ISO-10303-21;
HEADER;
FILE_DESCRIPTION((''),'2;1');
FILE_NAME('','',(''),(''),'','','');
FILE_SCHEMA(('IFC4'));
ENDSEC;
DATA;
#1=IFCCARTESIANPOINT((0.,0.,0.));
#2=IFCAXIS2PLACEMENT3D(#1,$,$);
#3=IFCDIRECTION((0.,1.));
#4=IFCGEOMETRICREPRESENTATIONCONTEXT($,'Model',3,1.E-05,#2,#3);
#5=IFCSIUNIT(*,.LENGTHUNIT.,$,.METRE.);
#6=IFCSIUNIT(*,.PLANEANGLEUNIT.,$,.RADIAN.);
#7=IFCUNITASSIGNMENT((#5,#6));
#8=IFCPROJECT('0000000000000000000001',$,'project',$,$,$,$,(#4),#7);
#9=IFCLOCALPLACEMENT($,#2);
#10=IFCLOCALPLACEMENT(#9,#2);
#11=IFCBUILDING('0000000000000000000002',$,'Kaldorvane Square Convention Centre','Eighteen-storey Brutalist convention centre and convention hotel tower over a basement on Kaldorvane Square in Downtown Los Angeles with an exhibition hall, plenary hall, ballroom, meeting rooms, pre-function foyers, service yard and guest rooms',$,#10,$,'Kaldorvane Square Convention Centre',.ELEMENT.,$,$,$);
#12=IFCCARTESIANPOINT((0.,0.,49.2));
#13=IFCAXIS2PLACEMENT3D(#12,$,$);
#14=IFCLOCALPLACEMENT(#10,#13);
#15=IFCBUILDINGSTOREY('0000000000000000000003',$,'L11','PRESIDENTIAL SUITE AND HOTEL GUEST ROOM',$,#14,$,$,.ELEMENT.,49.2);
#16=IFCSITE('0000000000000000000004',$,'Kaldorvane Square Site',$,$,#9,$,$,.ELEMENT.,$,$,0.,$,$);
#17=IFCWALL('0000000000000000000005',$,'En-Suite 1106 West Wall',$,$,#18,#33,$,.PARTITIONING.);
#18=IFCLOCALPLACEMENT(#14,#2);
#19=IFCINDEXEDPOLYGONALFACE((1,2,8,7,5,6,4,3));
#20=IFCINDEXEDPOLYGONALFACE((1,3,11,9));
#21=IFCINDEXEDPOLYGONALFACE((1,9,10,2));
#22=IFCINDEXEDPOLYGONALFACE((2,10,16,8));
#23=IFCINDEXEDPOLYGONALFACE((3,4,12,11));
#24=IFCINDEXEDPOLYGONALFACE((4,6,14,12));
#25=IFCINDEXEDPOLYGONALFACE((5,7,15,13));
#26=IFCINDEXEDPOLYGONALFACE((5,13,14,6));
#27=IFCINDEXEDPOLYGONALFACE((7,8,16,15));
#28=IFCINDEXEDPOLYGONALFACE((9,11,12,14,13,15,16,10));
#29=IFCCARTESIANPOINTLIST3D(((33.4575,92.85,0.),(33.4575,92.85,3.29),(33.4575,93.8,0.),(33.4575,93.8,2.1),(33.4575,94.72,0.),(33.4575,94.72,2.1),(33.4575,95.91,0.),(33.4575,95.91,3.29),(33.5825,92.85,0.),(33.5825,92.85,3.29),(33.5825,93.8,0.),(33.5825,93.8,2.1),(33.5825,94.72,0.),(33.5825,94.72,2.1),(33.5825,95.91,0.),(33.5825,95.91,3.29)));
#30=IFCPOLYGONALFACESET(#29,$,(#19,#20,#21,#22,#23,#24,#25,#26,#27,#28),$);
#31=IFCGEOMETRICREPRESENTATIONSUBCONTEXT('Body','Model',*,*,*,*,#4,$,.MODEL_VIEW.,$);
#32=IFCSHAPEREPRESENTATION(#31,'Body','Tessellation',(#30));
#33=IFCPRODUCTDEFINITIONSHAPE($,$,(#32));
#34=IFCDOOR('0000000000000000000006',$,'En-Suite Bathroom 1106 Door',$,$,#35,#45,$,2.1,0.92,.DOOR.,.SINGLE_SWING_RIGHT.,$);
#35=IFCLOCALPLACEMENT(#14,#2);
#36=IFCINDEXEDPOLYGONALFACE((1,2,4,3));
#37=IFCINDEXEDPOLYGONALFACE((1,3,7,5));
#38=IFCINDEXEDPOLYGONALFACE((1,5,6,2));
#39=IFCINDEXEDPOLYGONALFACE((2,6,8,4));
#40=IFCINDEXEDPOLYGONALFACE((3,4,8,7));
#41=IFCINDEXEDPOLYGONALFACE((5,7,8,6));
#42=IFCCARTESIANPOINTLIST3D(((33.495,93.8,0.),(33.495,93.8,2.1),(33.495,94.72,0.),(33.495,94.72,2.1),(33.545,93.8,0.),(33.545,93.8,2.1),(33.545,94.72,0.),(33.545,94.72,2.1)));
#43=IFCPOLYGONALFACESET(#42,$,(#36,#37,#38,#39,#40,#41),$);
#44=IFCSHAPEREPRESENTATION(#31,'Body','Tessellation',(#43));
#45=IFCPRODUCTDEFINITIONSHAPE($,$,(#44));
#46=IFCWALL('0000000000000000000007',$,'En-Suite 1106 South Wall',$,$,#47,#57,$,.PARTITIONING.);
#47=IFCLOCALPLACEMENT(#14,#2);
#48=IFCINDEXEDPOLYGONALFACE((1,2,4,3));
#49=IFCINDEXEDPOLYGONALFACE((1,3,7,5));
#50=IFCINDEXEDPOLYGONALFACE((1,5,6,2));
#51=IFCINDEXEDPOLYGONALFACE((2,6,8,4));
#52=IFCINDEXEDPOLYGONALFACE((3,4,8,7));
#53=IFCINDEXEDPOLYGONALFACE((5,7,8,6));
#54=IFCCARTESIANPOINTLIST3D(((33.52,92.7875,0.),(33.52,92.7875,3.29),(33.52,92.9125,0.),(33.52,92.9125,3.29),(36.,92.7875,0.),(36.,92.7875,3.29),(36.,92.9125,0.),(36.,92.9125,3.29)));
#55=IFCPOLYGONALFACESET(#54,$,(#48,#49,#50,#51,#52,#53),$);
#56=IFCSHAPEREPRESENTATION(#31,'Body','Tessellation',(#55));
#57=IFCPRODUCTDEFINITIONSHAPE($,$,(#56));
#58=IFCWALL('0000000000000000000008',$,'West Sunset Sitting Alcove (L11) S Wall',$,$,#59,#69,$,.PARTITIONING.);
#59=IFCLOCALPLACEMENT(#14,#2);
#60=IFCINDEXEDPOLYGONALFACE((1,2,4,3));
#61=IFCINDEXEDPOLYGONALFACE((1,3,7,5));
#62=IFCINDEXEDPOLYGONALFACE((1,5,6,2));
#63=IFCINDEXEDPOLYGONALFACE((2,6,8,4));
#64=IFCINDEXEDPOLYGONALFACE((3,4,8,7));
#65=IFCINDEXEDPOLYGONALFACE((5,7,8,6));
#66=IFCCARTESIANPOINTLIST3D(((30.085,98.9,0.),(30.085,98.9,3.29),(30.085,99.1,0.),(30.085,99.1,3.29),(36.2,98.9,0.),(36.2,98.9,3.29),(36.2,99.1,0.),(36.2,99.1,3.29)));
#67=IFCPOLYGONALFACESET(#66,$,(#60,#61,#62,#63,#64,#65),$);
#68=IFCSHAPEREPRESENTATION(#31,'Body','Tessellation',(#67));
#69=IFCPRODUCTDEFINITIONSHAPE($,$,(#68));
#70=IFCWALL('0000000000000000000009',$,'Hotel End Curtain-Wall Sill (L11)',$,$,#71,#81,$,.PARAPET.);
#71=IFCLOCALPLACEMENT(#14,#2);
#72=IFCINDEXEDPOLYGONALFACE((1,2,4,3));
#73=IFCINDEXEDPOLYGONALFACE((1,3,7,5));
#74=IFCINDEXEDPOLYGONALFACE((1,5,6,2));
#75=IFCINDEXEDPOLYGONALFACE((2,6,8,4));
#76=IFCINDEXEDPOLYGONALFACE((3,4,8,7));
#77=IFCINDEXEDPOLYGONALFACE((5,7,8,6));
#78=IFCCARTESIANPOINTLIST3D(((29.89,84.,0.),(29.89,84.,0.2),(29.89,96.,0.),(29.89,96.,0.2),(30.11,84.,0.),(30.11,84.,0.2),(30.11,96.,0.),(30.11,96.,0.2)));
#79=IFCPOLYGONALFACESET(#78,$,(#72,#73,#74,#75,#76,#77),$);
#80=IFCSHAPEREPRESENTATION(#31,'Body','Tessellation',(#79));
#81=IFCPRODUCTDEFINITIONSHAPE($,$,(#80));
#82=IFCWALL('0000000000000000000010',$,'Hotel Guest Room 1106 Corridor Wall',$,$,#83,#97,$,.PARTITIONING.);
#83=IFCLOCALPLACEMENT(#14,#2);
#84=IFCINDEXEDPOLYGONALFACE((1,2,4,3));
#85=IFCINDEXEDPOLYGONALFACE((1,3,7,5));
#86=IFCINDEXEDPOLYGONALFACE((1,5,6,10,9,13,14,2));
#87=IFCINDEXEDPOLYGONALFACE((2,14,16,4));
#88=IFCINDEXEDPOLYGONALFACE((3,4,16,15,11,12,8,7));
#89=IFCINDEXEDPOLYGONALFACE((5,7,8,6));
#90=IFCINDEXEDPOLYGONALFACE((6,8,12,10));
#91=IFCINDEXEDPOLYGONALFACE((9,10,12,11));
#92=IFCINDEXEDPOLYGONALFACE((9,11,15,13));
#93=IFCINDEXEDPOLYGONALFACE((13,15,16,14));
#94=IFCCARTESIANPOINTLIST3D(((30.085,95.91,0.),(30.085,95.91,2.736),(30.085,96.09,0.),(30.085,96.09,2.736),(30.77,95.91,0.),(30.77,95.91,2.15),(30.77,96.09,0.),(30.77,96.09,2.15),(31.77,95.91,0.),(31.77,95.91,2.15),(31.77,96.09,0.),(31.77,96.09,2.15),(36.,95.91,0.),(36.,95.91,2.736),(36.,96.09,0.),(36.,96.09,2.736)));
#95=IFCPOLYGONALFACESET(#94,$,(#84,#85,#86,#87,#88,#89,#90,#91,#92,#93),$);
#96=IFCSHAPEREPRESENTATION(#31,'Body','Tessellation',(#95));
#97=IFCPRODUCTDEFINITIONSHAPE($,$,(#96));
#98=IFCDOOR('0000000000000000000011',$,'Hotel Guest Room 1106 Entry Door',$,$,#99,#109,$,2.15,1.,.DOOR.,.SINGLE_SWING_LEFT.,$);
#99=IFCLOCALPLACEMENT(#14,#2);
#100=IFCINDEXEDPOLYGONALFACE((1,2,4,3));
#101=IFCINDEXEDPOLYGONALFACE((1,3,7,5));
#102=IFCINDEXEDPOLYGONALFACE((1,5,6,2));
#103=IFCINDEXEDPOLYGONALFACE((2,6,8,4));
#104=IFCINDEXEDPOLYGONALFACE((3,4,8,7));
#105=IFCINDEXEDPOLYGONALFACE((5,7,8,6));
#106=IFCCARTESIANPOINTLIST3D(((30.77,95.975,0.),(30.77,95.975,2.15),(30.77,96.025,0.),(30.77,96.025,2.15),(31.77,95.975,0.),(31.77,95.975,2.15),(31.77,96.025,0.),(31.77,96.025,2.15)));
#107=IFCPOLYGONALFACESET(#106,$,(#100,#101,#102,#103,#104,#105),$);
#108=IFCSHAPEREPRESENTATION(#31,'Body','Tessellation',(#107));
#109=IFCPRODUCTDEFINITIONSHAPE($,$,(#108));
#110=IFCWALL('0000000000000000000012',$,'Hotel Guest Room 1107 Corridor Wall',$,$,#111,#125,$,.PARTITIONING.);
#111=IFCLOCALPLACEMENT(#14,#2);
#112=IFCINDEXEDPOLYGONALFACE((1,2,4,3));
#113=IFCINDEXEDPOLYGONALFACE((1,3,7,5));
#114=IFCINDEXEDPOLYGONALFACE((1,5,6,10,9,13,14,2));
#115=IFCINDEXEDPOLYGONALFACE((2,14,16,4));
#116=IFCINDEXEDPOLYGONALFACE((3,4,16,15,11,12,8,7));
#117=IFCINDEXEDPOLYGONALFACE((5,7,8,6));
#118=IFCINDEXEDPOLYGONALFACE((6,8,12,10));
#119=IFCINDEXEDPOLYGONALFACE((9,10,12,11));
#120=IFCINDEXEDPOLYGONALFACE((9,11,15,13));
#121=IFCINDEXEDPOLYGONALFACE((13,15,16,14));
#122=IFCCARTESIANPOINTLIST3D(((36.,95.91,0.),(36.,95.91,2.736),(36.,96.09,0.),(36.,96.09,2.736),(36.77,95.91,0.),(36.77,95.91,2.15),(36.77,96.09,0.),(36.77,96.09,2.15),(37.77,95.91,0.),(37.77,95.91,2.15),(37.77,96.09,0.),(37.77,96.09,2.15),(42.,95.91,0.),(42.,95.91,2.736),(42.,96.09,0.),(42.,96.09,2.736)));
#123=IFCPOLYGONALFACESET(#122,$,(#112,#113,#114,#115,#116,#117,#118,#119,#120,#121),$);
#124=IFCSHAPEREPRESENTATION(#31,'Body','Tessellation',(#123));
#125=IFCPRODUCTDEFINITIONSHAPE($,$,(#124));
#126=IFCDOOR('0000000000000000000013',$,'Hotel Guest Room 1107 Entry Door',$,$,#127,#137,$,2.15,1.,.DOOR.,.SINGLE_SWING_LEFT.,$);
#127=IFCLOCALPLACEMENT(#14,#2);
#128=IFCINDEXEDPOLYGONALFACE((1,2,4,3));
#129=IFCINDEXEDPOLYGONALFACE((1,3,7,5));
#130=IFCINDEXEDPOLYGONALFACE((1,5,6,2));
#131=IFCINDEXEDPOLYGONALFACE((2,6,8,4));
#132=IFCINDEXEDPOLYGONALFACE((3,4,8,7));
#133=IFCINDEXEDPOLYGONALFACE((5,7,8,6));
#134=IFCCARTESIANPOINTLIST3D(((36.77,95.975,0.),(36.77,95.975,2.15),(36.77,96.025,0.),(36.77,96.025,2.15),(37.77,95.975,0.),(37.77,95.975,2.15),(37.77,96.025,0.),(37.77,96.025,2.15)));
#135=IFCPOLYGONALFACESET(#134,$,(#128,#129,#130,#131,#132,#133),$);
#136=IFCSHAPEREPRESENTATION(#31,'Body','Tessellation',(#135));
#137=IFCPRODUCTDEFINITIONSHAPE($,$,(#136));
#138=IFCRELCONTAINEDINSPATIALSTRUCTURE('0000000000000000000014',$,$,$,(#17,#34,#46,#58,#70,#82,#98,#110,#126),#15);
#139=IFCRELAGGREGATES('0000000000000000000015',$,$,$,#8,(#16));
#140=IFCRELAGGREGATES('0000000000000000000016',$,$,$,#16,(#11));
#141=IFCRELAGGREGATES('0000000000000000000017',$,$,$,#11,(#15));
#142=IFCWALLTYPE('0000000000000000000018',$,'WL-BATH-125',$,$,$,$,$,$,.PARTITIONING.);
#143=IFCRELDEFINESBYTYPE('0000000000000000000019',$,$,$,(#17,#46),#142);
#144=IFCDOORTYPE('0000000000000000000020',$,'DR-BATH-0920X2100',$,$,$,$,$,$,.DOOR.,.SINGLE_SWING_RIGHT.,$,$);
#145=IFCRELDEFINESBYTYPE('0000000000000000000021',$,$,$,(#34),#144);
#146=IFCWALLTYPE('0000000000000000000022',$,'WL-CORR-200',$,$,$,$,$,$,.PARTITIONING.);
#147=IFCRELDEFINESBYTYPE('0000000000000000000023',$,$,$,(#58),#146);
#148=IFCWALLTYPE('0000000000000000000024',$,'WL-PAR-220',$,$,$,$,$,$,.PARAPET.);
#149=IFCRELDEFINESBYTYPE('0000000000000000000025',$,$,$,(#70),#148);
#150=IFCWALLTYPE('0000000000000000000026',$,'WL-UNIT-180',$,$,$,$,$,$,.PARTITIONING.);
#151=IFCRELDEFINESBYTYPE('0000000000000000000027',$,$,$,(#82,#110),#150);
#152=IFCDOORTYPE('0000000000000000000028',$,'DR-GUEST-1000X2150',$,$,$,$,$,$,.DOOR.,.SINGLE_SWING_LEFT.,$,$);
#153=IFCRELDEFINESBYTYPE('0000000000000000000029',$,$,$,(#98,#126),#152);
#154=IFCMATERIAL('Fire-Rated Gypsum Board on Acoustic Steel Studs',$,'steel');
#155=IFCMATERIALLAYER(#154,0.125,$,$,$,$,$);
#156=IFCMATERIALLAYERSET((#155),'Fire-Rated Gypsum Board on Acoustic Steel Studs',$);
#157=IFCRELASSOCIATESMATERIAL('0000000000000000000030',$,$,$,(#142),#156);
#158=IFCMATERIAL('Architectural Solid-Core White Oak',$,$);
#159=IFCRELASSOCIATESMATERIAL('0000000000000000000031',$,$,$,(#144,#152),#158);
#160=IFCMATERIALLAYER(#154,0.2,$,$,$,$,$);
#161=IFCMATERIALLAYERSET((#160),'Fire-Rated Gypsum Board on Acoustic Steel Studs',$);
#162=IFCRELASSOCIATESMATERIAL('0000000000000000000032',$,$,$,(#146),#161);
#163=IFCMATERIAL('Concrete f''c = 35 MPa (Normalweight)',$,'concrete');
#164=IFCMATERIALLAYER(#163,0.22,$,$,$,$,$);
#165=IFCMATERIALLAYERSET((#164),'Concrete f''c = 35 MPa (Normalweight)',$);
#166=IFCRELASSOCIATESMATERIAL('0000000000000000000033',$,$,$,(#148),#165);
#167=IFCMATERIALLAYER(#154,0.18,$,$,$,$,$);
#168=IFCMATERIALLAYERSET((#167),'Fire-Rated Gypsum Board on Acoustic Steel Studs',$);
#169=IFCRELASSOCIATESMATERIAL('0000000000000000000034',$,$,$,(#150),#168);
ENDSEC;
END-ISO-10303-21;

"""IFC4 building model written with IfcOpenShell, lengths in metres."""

from ifc_helpers import new_model, si_unit, direction, frame, frame_2d, origin, place, context, subcontext, project, spatial, rectangle, extrude, material, layer, layer_set, type_object, element, fill, save


model = new_model("IFC4")

# Units and contexts
model_context = context("Model", 3, precision=1e-05, world=origin(), true_north=direction((0.0, 1.0)))
body_context = subcontext(model_context, "Body", "Model", "MODEL_VIEW")
ifc_project = project(units=[si_unit("LENGTHUNIT", "METRE"), si_unit("PLANEANGLEUNIT", "RADIAN")], contexts=[model_context])

# Site, building, storey
site_placement = place(None, origin())
site = spatial("IfcSite", under=ifc_project, at=site_placement, Name="Kaldorvane Square Site", CompositionType="ELEMENT", RefElevation=0.0)
building_placement = place(site_placement, origin())
building = spatial("IfcBuilding", under=site, at=building_placement, Name="Kaldorvane Square Convention Centre", Description="Eighteen-storey Brutalist convention centre and convention hotel tower over a basement on Kaldorvane Square in Downtown Los Angeles with an exhibition hall, plenary hall, ballroom, meeting rooms, pre-function foyers, service yard and guest rooms", LongName="Kaldorvane Square Convention Centre", CompositionType="ELEMENT")
storey_placement = place(building_placement, frame((0.0, 0.0, 49.2)))
storey = spatial("IfcBuildingStorey", under=building, at=storey_placement, Name="L11", Description="PRESIDENTIAL SUITE AND HOTEL GUEST ROOM", CompositionType="ELEMENT", Elevation=49.2)

# Wall, opening, door
ifc_material_1 = material(Name="Fire-Rated Gypsum Board on Acoustic Steel Studs", Category="steel")
ifc_layer_1 = layer(ifc_material_1, 0.125)
ifc_layer_set_1 = layer_set([ifc_layer_1], Name="Fire-Rated Gypsum Board on Acoustic Steel Studs")
wall_type_1 = type_object("IfcWallType", Name="WL-BATH-125", PredefinedType="PARTITIONING", material=ifc_layer_set_1)
wall_1_placement = place(storey_placement, frame((33.52, 92.85, 0.0), z_axis=(0.0, 0.0, 1.0), x_axis=(0.0, 1.0, 0.0)))
wall_1 = element("IfcWall", 1, at=wall_1_placement, inside=storey, type_object=wall_type_1, Name="En-Suite 1106 West Wall", PredefinedType="PARTITIONING", context=body_context, shape_type="SweptSolid", body=[
    extrude(rectangle(XDim=3.06, YDim=0.125, at=frame_2d((1.53, 0.0))), origin(), (0.0, 0.0, 1.0), 3.29),
])
opening_1_placement = place(wall_1_placement, frame((0.95, 0.0, 0.0)))
opening_1 = element("IfcOpeningElement", 2, at=opening_1_placement, cuts=wall_1, PredefinedType="OPENING", context=body_context, shape_type="SweptSolid", body=[
    extrude(rectangle(XDim=0.92, YDim=2.1, at=frame_2d((0.46, 1.05))), frame((0.0, 0.0775, 0.0), z_axis=(0.0, -1.0, 0.0), x_axis=(1.0, 0.0, 0.0)), (0.0, 0.0, 1.0), 0.155),
])
ifc_material_2 = material(Name="Architectural Solid-Core White Oak")
door_type_1 = type_object("IfcDoorType", Name="DR-BATH-0920X2100", OperationType="SINGLE_SWING_RIGHT", PredefinedType="DOOR", material=ifc_material_2)
door_1_placement = place(opening_1_placement, origin())
door_1 = element("IfcDoor", 3, at=door_1_placement, inside=storey, type_object=door_type_1, Name="En-Suite Bathroom 1106 Door", OperationType="SINGLE_SWING_RIGHT", OverallHeight=2.1, OverallWidth=0.92, PredefinedType="DOOR", context=body_context, shape_type="SweptSolid", body=[
    extrude(rectangle(XDim=0.92, YDim=2.1, at=frame_2d((0.46, 1.05))), frame((0.0, 0.025, 0.0), z_axis=(0.0, -1.0, 0.0), x_axis=(1.0, 0.0, 0.0)), (0.0, 0.0, 1.0), 0.05),
])
fill(opening_1, door_1)

# Walls
wall_2_placement = place(storey_placement, frame((33.52, 92.85, 0.0), z_axis=(0.0, 0.0, 1.0), x_axis=(1.0, 0.0, 0.0)))
element("IfcWall", 4, at=wall_2_placement, inside=storey, type_object=wall_type_1, Name="En-Suite 1106 South Wall", PredefinedType="PARTITIONING", context=body_context, shape_type="SweptSolid", body=[
    extrude(rectangle(XDim=2.48, YDim=0.125, at=frame_2d((1.24, 0.0))), origin(), (0.0, 0.0, 1.0), 3.29),
])
ifc_layer_2 = layer(ifc_material_1, 0.2)
ifc_layer_set_2 = layer_set([ifc_layer_2], Name="Fire-Rated Gypsum Board on Acoustic Steel Studs")
wall_type_2 = type_object("IfcWallType", Name="WL-CORR-200", PredefinedType="PARTITIONING", material=ifc_layer_set_2)
wall_3_placement = place(storey_placement, frame((30.085, 99.0, 0.0), z_axis=(0.0, 0.0, 1.0), x_axis=(1.0, 0.0, 0.0)))
element("IfcWall", 5, at=wall_3_placement, inside=storey, type_object=wall_type_2, Name="West Sunset Sitting Alcove (L11) S Wall", PredefinedType="PARTITIONING", context=body_context, shape_type="SweptSolid", body=[
    extrude(rectangle(XDim=6.115, YDim=0.2, at=frame_2d((3.0575, 0.0))), origin(), (0.0, 0.0, 1.0), 3.29),
])
ifc_material_3 = material(Name="Concrete f'c = 35 MPa (Normalweight)", Category="concrete")
ifc_layer_3 = layer(ifc_material_3, 0.22)
ifc_layer_set_3 = layer_set([ifc_layer_3], Name="Concrete f'c = 35 MPa (Normalweight)")
wall_type_3 = type_object("IfcWallType", Name="WL-PAR-220", PredefinedType="PARAPET", material=ifc_layer_set_3)
wall_4_placement = place(storey_placement, frame((30.0, 96.0, 0.0), z_axis=(0.0, 0.0, 1.0), x_axis=(0.0, -1.0, 0.0)))
element("IfcWall", 6, at=wall_4_placement, inside=storey, type_object=wall_type_3, Name="Hotel End Curtain-Wall Sill (L11)", PredefinedType="PARAPET", context=body_context, shape_type="SweptSolid", body=[
    extrude(rectangle(XDim=12.0, YDim=0.22, at=frame_2d((6.0, 0.0))), origin(), (0.0, 0.0, 1.0), 0.2),
])

# Walls, openings, doors
ifc_layer_4 = layer(ifc_material_1, 0.18)
ifc_layer_set_4 = layer_set([ifc_layer_4], Name="Fire-Rated Gypsum Board on Acoustic Steel Studs")
wall_type_4 = type_object("IfcWallType", Name="WL-UNIT-180", PredefinedType="PARTITIONING", material=ifc_layer_set_4)
wall_5_placement = place(storey_placement, frame((30.085, 96.0, 0.0), z_axis=(0.0, 0.0, 1.0), x_axis=(1.0, 0.0, 0.0)))
wall_5 = element("IfcWall", 7, at=wall_5_placement, inside=storey, type_object=wall_type_4, Name="Hotel Guest Room 1106 Corridor Wall", PredefinedType="PARTITIONING", context=body_context, shape_type="SweptSolid", body=[
    extrude(rectangle(XDim=5.915, YDim=0.18, at=frame_2d((2.9575, 0.0))), origin(), (0.0, 0.0, 1.0), 2.736),
])
opening_2_placement = place(wall_5_placement, frame((0.685, 0.0, 0.0)))
opening_2 = element("IfcOpeningElement", 8, at=opening_2_placement, cuts=wall_5, PredefinedType="OPENING", context=body_context, shape_type="SweptSolid", body=[
    extrude(rectangle(XDim=1.0, YDim=2.15, at=frame_2d((0.5, 1.075))), frame((0.0, 0.105, 0.0), z_axis=(0.0, -1.0, 0.0), x_axis=(1.0, 0.0, 0.0)), (0.0, 0.0, 1.0), 0.21),
])
door_type_2 = type_object("IfcDoorType", Name="DR-GUEST-1000X2150", OperationType="SINGLE_SWING_LEFT", PredefinedType="DOOR", material=ifc_material_2)
door_2_placement = place(opening_2_placement, origin())
door_2 = element("IfcDoor", 9, at=door_2_placement, inside=storey, type_object=door_type_2, Name="Hotel Guest Room 1106 Entry Door", OperationType="SINGLE_SWING_LEFT", OverallHeight=2.15, OverallWidth=1.0, PredefinedType="DOOR", context=body_context, shape_type="SweptSolid", body=[
    extrude(rectangle(XDim=1.0, YDim=2.15, at=frame_2d((0.5, 1.075))), frame((0.0, 0.025, 0.0), z_axis=(0.0, -1.0, 0.0), x_axis=(1.0, 0.0, 0.0)), (0.0, 0.0, 1.0), 0.05),
])
fill(opening_2, door_2)
wall_6_placement = place(storey_placement, frame((36.0, 96.0, 0.0), z_axis=(0.0, 0.0, 1.0), x_axis=(1.0, 0.0, 0.0)))
wall_6 = element("IfcWall", 10, at=wall_6_placement, inside=storey, type_object=wall_type_4, Name="Hotel Guest Room 1107 Corridor Wall", PredefinedType="PARTITIONING", context=body_context, shape_type="SweptSolid", body=[
    extrude(rectangle(XDim=6.0, YDim=0.18, at=frame_2d((3.0, 0.0))), origin(), (0.0, 0.0, 1.0), 2.736),
])
opening_3_placement = place(wall_6_placement, frame((0.77, 0.0, 0.0)))
opening_3 = element("IfcOpeningElement", 11, at=opening_3_placement, cuts=wall_6, PredefinedType="OPENING", context=body_context, shape_type="SweptSolid", body=[
    extrude(rectangle(XDim=1.0, YDim=2.15, at=frame_2d((0.5, 1.075))), frame((0.0, 0.105, 0.0), z_axis=(0.0, -1.0, 0.0), x_axis=(1.0, 0.0, 0.0)), (0.0, 0.0, 1.0), 0.21),
])
door_3_placement = place(opening_3_placement, origin())
door_3 = element("IfcDoor", 12, at=door_3_placement, inside=storey, type_object=door_type_2, Name="Hotel Guest Room 1107 Entry Door", OperationType="SINGLE_SWING_LEFT", OverallHeight=2.15, OverallWidth=1.0, PredefinedType="DOOR", context=body_context, shape_type="SweptSolid", body=[
    extrude(rectangle(XDim=1.0, YDim=2.15, at=frame_2d((0.5, 1.075))), frame((0.0, 0.025, 0.0), z_axis=(0.0, -1.0, 0.0), x_axis=(1.0, 0.0, 0.0)), (0.0, 0.0, 1.0), 0.05),
])
fill(opening_3, door_3)

save(model, "model.ifc")
